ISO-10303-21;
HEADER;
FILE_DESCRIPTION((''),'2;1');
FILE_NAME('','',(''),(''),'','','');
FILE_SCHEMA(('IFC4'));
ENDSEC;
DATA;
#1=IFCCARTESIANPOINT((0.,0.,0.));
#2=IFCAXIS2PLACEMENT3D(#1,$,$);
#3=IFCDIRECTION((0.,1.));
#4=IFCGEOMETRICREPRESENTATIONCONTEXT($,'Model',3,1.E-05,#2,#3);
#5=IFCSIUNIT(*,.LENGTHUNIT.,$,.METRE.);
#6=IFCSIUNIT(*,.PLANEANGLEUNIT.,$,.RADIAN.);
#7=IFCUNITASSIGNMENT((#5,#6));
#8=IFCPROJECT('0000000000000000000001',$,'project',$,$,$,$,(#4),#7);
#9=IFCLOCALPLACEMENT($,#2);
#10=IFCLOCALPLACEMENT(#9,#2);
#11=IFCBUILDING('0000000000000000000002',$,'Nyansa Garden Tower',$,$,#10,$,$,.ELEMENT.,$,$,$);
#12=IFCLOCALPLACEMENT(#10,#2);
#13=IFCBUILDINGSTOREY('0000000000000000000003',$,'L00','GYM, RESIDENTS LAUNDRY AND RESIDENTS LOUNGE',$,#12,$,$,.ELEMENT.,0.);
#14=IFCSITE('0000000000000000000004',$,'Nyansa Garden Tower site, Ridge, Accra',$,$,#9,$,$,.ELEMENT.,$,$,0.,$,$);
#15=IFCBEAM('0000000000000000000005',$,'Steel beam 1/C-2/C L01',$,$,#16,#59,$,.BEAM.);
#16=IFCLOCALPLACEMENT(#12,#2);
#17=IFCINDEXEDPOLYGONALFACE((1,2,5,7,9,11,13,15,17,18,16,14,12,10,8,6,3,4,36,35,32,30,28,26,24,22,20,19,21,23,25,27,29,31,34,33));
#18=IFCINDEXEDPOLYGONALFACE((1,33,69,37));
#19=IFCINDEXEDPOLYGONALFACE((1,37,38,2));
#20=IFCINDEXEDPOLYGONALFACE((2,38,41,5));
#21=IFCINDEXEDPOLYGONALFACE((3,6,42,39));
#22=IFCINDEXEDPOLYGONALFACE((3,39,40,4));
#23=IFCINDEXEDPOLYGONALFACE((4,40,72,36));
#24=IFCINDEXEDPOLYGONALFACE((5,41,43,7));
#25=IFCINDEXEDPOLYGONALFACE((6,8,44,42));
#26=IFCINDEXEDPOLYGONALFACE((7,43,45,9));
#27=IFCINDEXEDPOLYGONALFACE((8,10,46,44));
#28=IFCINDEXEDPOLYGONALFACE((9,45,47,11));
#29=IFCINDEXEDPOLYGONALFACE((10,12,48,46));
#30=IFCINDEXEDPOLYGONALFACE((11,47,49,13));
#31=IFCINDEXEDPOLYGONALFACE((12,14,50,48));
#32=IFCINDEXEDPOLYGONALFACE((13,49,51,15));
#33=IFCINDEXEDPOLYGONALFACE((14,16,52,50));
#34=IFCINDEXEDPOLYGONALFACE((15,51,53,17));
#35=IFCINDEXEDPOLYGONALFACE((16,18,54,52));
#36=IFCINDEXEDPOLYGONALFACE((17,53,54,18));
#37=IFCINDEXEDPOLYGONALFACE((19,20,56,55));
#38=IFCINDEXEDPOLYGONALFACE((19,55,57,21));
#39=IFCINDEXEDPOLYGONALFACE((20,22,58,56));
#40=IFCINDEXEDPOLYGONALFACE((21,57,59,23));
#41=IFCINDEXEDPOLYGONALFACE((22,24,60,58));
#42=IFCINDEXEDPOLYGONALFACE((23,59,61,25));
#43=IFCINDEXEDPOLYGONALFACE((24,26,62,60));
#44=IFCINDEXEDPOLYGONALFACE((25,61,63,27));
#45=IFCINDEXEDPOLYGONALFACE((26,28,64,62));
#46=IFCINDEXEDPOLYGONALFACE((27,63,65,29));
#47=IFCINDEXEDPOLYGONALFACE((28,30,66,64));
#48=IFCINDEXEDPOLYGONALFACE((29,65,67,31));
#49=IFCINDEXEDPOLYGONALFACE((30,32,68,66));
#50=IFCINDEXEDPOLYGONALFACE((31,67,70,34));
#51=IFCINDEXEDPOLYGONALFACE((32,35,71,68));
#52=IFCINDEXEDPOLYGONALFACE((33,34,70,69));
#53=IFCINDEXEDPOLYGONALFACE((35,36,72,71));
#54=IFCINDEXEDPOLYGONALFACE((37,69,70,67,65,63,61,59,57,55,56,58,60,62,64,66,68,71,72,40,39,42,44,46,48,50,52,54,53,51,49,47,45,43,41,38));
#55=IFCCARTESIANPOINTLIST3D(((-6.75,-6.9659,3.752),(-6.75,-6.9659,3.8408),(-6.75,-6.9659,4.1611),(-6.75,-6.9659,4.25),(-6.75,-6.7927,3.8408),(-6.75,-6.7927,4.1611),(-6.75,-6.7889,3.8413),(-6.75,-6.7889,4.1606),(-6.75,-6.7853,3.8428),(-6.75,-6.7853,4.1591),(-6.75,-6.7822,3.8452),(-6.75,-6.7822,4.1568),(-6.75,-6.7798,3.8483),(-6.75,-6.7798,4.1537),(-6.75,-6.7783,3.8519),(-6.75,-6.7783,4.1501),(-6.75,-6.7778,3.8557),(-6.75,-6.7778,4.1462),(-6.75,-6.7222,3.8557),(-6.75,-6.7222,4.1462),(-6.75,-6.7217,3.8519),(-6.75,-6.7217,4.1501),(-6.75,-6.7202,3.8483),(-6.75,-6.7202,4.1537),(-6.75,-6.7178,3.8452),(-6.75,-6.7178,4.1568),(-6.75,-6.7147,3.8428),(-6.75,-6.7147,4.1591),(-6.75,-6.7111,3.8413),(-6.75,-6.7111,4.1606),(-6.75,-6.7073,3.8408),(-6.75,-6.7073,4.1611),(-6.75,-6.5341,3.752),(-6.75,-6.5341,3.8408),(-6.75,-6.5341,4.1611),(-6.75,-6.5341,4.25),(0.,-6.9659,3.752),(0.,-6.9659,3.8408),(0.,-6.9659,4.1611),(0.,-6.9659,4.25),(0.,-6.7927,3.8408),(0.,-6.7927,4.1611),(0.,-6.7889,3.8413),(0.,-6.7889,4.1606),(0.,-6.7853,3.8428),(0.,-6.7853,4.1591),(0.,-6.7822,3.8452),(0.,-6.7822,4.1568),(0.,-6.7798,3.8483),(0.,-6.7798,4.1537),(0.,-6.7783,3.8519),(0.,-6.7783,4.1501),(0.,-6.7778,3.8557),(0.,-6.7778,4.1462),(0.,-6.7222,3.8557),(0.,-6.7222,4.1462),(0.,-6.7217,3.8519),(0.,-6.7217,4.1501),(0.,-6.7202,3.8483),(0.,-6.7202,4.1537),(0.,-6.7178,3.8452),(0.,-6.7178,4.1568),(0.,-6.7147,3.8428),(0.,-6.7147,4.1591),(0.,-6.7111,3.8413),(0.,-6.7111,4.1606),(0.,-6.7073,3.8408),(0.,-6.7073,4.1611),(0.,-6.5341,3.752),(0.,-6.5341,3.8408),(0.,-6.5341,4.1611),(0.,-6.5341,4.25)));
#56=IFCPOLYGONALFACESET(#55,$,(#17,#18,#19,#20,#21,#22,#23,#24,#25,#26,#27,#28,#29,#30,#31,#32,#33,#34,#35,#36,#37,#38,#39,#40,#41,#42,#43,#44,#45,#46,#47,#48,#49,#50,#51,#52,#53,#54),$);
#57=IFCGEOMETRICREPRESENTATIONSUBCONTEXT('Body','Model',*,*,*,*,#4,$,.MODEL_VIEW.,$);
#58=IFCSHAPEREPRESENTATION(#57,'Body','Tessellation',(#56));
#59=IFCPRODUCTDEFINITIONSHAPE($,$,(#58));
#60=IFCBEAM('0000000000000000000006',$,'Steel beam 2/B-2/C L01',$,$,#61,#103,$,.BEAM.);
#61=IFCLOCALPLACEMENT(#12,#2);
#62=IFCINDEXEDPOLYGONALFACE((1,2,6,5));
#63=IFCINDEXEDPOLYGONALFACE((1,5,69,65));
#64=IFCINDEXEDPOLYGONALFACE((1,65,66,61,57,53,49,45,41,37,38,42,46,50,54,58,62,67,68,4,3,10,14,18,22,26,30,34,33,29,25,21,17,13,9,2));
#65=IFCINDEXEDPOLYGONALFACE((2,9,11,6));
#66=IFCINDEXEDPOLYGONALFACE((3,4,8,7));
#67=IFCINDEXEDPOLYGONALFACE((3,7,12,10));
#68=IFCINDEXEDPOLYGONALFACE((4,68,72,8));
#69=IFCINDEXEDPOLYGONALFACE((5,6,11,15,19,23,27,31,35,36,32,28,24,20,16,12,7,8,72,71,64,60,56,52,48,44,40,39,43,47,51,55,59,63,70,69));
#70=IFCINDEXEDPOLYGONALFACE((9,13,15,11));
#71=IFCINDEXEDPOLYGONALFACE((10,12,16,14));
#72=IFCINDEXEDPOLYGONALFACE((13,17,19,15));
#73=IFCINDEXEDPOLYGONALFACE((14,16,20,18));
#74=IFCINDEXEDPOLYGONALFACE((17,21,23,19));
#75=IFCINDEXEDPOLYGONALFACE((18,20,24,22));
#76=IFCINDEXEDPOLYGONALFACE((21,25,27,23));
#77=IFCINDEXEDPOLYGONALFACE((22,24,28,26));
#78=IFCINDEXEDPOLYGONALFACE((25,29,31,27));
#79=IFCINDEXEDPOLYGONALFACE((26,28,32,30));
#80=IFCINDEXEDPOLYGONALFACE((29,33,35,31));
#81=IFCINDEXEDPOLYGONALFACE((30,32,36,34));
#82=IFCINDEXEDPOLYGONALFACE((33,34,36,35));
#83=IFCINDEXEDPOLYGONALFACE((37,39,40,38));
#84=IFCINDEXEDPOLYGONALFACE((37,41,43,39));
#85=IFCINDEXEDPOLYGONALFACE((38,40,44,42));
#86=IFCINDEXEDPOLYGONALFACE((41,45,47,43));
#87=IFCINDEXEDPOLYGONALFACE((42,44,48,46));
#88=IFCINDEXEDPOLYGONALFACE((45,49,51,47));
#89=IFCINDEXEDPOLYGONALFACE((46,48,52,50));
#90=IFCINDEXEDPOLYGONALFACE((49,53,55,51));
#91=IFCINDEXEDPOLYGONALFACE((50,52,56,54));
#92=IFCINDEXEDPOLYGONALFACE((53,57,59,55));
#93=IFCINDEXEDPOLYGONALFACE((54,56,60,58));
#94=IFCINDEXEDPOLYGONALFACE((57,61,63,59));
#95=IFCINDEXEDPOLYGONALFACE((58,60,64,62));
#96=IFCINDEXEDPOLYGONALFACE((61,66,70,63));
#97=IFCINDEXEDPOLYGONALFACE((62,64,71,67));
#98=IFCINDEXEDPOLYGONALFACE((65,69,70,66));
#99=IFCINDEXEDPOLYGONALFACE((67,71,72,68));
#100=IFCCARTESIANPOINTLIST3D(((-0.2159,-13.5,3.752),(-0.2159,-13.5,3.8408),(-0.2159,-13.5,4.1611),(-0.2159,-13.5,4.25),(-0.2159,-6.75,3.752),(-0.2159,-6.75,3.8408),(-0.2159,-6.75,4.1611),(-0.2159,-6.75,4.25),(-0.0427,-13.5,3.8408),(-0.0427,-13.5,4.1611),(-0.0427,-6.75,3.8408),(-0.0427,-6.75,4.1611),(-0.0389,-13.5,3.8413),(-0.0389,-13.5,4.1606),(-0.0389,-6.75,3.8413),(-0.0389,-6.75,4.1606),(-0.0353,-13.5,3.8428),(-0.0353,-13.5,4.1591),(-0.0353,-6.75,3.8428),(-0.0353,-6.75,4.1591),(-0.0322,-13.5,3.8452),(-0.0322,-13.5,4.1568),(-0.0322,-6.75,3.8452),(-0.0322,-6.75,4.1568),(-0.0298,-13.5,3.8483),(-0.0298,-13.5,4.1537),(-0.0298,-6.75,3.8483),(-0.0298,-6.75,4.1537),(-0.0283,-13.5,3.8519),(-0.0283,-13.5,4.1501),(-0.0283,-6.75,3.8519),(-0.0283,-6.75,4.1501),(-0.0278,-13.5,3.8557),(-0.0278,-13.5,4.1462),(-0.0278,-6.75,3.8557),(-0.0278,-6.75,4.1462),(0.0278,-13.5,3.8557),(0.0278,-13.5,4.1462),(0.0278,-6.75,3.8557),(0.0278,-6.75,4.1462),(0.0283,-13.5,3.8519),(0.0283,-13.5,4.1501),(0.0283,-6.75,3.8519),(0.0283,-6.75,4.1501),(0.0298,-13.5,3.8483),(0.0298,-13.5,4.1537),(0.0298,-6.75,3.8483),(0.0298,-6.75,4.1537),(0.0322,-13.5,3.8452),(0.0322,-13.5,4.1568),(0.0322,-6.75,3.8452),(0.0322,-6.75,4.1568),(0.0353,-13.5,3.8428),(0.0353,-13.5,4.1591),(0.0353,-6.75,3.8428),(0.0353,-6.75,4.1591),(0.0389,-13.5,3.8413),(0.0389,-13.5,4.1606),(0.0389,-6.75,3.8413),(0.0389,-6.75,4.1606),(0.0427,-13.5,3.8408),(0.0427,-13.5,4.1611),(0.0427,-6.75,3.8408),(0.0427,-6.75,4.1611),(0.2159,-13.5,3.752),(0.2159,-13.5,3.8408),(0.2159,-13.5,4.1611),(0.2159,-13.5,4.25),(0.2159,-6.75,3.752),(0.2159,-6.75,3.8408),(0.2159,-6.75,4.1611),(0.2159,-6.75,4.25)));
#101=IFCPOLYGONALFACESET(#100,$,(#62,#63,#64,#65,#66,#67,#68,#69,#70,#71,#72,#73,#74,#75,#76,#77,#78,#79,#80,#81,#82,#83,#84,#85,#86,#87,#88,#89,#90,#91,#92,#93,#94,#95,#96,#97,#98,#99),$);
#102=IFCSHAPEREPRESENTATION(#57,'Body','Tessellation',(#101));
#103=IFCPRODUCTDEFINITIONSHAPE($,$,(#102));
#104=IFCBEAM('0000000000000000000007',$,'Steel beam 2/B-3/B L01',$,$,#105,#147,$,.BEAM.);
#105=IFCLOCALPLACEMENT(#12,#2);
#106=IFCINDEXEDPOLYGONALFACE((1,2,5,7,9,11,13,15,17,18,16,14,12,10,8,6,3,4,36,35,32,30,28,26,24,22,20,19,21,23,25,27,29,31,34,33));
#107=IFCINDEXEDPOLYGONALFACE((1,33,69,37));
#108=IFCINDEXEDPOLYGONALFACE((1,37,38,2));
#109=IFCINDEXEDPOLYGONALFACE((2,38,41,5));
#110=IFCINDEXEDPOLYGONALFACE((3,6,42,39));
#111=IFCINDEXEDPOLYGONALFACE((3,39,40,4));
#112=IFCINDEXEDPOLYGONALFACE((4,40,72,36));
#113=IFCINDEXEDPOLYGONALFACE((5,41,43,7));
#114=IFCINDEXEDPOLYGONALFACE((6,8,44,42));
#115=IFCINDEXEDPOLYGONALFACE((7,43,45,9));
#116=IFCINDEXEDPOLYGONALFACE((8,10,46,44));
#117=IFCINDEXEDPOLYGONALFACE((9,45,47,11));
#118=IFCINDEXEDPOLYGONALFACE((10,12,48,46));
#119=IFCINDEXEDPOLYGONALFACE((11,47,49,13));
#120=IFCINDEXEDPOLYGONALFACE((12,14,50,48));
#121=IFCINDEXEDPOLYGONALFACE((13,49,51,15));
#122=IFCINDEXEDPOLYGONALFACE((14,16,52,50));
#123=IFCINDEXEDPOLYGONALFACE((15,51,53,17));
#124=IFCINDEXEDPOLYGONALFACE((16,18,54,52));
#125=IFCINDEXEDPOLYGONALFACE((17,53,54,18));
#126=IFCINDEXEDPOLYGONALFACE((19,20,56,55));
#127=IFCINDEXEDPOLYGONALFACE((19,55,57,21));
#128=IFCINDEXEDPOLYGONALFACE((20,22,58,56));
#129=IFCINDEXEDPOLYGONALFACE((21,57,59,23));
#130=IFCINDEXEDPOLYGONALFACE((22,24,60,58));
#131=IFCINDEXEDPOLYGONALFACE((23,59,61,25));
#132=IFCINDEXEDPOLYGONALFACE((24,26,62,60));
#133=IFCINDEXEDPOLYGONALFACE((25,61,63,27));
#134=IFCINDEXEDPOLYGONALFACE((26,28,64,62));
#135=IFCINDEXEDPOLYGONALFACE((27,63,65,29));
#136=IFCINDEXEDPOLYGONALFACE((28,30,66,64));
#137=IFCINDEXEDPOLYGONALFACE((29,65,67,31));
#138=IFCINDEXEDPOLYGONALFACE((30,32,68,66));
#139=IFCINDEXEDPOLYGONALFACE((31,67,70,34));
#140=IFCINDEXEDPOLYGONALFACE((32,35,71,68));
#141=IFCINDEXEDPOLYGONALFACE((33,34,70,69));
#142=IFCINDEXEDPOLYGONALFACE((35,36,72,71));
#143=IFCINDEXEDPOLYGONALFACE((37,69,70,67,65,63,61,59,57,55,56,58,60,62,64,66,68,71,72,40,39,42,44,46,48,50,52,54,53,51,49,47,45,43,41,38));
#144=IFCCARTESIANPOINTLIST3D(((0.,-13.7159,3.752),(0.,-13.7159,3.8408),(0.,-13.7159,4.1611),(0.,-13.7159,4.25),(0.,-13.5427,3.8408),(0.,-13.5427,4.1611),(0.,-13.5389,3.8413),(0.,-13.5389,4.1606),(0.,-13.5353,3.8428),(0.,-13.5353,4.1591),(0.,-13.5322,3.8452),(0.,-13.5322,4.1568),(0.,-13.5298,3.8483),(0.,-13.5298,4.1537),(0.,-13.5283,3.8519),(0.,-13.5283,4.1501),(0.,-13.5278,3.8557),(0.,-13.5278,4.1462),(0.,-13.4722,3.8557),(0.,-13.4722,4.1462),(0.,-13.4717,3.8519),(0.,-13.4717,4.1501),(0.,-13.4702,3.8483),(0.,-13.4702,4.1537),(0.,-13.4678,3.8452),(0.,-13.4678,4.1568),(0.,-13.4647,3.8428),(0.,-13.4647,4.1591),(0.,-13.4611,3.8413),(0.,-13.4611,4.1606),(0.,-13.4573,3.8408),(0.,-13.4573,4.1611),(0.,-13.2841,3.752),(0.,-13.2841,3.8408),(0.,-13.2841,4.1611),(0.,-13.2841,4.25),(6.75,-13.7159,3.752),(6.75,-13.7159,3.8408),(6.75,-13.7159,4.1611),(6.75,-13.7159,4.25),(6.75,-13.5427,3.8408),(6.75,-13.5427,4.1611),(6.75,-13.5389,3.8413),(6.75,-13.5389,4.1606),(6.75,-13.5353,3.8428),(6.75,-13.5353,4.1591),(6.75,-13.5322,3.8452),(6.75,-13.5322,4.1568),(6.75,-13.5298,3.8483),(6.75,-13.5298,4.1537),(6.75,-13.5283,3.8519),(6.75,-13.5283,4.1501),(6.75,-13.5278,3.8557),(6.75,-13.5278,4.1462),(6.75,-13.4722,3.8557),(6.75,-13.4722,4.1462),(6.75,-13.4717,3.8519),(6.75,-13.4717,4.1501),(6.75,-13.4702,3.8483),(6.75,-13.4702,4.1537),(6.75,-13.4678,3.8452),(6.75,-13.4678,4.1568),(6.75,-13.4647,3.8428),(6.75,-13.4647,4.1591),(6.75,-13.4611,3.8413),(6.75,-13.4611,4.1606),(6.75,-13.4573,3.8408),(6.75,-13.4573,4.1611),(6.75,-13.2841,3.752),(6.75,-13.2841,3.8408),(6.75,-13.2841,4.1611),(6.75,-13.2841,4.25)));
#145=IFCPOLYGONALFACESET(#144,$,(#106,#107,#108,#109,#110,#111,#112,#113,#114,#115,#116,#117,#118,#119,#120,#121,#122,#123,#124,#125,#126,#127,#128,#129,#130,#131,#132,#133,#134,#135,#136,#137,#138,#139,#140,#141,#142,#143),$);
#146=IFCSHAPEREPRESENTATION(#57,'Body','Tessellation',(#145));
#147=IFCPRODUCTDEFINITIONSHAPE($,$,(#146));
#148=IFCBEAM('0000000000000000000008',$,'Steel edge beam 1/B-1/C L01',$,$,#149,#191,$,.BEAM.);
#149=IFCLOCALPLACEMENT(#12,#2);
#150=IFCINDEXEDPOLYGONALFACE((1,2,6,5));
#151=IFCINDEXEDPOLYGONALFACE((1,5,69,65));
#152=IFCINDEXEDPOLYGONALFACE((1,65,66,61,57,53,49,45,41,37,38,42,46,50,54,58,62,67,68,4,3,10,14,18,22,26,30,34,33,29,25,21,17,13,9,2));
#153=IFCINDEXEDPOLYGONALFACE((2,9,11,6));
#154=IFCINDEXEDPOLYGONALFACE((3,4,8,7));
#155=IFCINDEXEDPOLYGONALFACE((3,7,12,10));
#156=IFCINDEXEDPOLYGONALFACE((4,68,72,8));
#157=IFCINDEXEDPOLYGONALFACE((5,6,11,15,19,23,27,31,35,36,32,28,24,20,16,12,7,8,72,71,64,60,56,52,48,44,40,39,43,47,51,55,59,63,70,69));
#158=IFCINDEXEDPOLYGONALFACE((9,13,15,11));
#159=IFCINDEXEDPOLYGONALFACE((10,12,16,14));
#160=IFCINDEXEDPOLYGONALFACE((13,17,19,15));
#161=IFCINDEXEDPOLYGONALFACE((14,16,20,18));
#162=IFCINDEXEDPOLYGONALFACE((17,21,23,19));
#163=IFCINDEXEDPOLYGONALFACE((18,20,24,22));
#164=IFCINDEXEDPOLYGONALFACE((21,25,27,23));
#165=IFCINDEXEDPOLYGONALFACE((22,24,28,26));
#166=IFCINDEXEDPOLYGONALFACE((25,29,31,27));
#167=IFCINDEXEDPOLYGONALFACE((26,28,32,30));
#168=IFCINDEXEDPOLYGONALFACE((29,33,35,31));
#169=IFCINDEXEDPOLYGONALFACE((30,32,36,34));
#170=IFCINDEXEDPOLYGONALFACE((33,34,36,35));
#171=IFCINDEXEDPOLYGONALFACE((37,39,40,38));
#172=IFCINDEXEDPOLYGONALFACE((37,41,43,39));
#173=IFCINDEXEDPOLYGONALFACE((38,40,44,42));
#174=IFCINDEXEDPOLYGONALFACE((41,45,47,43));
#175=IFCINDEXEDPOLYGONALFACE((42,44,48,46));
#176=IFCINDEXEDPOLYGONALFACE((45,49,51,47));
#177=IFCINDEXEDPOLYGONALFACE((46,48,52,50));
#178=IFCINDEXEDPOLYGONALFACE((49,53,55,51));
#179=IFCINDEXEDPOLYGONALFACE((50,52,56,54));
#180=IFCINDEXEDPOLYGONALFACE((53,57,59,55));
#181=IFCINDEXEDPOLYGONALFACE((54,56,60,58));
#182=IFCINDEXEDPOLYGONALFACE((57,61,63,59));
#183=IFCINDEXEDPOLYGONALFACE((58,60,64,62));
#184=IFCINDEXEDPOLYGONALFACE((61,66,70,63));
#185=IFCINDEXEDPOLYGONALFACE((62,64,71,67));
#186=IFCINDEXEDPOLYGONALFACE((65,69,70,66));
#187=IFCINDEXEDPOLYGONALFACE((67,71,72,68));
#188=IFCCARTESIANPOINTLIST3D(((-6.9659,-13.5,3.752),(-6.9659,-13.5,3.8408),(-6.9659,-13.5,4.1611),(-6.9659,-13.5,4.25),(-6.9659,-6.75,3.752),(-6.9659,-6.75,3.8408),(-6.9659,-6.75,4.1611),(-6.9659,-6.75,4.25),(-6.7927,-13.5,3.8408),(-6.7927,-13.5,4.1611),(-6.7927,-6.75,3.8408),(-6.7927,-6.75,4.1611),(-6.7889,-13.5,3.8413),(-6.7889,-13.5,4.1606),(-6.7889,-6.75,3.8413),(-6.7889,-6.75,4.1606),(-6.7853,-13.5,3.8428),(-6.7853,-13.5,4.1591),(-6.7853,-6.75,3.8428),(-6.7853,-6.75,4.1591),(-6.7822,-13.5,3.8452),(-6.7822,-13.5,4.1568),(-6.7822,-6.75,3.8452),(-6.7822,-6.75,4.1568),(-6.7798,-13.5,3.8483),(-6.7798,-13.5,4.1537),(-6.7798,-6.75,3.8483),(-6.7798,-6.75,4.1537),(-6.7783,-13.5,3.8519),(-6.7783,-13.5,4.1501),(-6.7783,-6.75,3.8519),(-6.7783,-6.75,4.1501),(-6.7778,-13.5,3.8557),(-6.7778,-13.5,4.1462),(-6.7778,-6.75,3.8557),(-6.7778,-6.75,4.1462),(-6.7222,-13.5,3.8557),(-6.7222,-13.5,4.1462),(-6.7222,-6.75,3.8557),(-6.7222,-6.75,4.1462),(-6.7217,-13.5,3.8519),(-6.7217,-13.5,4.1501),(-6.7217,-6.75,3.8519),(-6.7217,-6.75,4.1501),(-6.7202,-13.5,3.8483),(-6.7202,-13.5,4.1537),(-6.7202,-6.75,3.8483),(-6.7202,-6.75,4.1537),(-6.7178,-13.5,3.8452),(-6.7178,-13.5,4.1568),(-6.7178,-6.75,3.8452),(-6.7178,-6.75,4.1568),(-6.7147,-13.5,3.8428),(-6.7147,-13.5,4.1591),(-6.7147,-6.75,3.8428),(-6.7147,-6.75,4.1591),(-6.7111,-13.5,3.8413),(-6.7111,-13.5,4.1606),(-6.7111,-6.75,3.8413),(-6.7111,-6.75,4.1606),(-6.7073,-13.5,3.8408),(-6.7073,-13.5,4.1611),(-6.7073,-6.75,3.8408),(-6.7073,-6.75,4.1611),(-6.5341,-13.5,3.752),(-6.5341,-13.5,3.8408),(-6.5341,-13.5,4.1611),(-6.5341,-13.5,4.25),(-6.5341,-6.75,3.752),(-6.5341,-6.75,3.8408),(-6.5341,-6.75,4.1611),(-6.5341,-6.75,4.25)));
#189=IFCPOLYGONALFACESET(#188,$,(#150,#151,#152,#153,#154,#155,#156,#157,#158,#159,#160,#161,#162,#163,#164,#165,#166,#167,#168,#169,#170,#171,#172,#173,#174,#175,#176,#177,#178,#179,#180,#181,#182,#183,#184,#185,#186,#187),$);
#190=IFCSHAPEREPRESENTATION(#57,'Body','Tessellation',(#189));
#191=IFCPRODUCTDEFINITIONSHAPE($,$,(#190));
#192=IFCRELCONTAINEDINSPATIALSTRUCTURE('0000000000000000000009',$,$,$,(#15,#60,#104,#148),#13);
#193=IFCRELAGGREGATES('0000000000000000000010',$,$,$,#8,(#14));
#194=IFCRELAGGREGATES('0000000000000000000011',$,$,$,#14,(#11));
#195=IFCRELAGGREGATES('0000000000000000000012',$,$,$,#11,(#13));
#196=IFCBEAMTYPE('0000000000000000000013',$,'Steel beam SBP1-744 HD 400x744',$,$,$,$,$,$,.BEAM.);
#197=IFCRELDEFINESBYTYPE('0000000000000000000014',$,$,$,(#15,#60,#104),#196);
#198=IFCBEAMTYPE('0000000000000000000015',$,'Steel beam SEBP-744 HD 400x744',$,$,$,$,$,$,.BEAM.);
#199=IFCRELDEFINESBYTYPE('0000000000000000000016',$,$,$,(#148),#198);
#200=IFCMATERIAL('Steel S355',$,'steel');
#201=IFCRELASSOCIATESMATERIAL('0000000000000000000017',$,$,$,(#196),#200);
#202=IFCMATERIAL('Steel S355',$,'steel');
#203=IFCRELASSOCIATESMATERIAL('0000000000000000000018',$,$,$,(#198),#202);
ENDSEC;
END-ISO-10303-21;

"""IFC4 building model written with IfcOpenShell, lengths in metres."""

from ifc_helpers import new_model, si_unit, direction, frame, origin, origin_2d, place, context, subcontext, project, spatial, i_section, extrude, material, material_profile, profile_set, type_object, element, save


model = new_model("IFC4")

# Units and contexts
model_context = context("Model", 3, precision=1e-05, world=origin(), true_north=direction((0.0, 1.0)))
body_context = subcontext(model_context, "Body", "Model", "MODEL_VIEW")
ifc_project = project(units=[si_unit("LENGTHUNIT", "METRE"), si_unit("PLANEANGLEUNIT", "RADIAN")], contexts=[model_context])

# Site, building, storey
site_placement = place(None, origin())
site = spatial("IfcSite", under=ifc_project, at=site_placement, Name="Nyansa Garden Tower site, Ridge, Accra", CompositionType="ELEMENT", RefElevation=0.0)
building_placement = place(site_placement, origin())
building = spatial("IfcBuilding", under=site, at=building_placement, Name="Nyansa Garden Tower", CompositionType="ELEMENT")
storey_placement = place(building_placement, origin())
storey = spatial("IfcBuildingStorey", under=building, at=storey_placement, Name="L00", Description="GYM, RESIDENTS LAUNDRY AND RESIDENTS LOUNGE", CompositionType="ELEMENT", Elevation=0.0)

# Beams
ifc_material_1 = material(Name="Steel S355", Category="steel")
ifc_material_profile_1 = material_profile(ifc_material_1, i_section(OverallWidth=0.4319, OverallDepth=0.498, WebThickness=0.0557, FlangeThickness=0.0889, FilletRadius=0.0149, at=origin_2d()), Name="HD 400x744")
ifc_profile_set_1 = profile_set([ifc_material_profile_1], Name="Steel S355")
beam_type_1 = type_object("IfcBeamType", Name="Steel beam SBP1-744 HD 400x744", PredefinedType="BEAM", material=ifc_profile_set_1)
for number, where, z_axis, x_axis, name in (
    (1, (-6.75, -6.75, 4.001), (1.0, 0.0, 0.0), (0.0, 1.0, 0.0), "Steel beam 1/C-2/C L01"),
    (2, (0.0, -13.5, 4.001), (0.0, 1.0, 0.0), (-1.0, 0.0, 0.0), "Steel beam 2/B-2/C L01"),
    (3, (0.0, -13.5, 4.001), (1.0, 0.0, 0.0), (0.0, 1.0, 0.0), "Steel beam 2/B-3/B L01"),
):
    element("IfcBeam", number, at=place(storey_placement, frame(where, z_axis=z_axis, x_axis=x_axis)), inside=storey, type_object=beam_type_1, Name=name, PredefinedType="BEAM", context=body_context, shape_type="SweptSolid", body=[
        extrude(i_section(OverallWidth=0.4319, OverallDepth=0.498, WebThickness=0.0557, FlangeThickness=0.0889, FilletRadius=0.0149, at=origin_2d()), origin(), (0.0, 0.0, 1.0), 6.75),
    ])
ifc_material_2 = material(Name="Steel S355", Category="steel")
ifc_material_profile_2 = material_profile(ifc_material_2, i_section(OverallWidth=0.4319, OverallDepth=0.498, WebThickness=0.0557, FlangeThickness=0.0889, FilletRadius=0.0149, at=origin_2d()), Name="HD 400x744")
ifc_profile_set_2 = profile_set([ifc_material_profile_2], Name="Steel S355")
beam_type_2 = type_object("IfcBeamType", Name="Steel beam SEBP-744 HD 400x744", PredefinedType="BEAM", material=ifc_profile_set_2)
for number, where, z_axis, x_axis, name in (
    (4, (-6.75, -13.5, 4.001), (0.0, 1.0, 0.0), (-1.0, 0.0, 0.0), "Steel edge beam 1/B-1/C L01"),
):
    element("IfcBeam", number, at=place(storey_placement, frame(where, z_axis=z_axis, x_axis=x_axis)), inside=storey, type_object=beam_type_2, Name=name, PredefinedType="BEAM", context=body_context, shape_type="SweptSolid", body=[
        extrude(i_section(OverallWidth=0.4319, OverallDepth=0.498, WebThickness=0.0557, FlangeThickness=0.0889, FilletRadius=0.0149, at=origin_2d()), origin(), (0.0, 0.0, 1.0), 6.75),
    ])

save(model, "model.ifc")
